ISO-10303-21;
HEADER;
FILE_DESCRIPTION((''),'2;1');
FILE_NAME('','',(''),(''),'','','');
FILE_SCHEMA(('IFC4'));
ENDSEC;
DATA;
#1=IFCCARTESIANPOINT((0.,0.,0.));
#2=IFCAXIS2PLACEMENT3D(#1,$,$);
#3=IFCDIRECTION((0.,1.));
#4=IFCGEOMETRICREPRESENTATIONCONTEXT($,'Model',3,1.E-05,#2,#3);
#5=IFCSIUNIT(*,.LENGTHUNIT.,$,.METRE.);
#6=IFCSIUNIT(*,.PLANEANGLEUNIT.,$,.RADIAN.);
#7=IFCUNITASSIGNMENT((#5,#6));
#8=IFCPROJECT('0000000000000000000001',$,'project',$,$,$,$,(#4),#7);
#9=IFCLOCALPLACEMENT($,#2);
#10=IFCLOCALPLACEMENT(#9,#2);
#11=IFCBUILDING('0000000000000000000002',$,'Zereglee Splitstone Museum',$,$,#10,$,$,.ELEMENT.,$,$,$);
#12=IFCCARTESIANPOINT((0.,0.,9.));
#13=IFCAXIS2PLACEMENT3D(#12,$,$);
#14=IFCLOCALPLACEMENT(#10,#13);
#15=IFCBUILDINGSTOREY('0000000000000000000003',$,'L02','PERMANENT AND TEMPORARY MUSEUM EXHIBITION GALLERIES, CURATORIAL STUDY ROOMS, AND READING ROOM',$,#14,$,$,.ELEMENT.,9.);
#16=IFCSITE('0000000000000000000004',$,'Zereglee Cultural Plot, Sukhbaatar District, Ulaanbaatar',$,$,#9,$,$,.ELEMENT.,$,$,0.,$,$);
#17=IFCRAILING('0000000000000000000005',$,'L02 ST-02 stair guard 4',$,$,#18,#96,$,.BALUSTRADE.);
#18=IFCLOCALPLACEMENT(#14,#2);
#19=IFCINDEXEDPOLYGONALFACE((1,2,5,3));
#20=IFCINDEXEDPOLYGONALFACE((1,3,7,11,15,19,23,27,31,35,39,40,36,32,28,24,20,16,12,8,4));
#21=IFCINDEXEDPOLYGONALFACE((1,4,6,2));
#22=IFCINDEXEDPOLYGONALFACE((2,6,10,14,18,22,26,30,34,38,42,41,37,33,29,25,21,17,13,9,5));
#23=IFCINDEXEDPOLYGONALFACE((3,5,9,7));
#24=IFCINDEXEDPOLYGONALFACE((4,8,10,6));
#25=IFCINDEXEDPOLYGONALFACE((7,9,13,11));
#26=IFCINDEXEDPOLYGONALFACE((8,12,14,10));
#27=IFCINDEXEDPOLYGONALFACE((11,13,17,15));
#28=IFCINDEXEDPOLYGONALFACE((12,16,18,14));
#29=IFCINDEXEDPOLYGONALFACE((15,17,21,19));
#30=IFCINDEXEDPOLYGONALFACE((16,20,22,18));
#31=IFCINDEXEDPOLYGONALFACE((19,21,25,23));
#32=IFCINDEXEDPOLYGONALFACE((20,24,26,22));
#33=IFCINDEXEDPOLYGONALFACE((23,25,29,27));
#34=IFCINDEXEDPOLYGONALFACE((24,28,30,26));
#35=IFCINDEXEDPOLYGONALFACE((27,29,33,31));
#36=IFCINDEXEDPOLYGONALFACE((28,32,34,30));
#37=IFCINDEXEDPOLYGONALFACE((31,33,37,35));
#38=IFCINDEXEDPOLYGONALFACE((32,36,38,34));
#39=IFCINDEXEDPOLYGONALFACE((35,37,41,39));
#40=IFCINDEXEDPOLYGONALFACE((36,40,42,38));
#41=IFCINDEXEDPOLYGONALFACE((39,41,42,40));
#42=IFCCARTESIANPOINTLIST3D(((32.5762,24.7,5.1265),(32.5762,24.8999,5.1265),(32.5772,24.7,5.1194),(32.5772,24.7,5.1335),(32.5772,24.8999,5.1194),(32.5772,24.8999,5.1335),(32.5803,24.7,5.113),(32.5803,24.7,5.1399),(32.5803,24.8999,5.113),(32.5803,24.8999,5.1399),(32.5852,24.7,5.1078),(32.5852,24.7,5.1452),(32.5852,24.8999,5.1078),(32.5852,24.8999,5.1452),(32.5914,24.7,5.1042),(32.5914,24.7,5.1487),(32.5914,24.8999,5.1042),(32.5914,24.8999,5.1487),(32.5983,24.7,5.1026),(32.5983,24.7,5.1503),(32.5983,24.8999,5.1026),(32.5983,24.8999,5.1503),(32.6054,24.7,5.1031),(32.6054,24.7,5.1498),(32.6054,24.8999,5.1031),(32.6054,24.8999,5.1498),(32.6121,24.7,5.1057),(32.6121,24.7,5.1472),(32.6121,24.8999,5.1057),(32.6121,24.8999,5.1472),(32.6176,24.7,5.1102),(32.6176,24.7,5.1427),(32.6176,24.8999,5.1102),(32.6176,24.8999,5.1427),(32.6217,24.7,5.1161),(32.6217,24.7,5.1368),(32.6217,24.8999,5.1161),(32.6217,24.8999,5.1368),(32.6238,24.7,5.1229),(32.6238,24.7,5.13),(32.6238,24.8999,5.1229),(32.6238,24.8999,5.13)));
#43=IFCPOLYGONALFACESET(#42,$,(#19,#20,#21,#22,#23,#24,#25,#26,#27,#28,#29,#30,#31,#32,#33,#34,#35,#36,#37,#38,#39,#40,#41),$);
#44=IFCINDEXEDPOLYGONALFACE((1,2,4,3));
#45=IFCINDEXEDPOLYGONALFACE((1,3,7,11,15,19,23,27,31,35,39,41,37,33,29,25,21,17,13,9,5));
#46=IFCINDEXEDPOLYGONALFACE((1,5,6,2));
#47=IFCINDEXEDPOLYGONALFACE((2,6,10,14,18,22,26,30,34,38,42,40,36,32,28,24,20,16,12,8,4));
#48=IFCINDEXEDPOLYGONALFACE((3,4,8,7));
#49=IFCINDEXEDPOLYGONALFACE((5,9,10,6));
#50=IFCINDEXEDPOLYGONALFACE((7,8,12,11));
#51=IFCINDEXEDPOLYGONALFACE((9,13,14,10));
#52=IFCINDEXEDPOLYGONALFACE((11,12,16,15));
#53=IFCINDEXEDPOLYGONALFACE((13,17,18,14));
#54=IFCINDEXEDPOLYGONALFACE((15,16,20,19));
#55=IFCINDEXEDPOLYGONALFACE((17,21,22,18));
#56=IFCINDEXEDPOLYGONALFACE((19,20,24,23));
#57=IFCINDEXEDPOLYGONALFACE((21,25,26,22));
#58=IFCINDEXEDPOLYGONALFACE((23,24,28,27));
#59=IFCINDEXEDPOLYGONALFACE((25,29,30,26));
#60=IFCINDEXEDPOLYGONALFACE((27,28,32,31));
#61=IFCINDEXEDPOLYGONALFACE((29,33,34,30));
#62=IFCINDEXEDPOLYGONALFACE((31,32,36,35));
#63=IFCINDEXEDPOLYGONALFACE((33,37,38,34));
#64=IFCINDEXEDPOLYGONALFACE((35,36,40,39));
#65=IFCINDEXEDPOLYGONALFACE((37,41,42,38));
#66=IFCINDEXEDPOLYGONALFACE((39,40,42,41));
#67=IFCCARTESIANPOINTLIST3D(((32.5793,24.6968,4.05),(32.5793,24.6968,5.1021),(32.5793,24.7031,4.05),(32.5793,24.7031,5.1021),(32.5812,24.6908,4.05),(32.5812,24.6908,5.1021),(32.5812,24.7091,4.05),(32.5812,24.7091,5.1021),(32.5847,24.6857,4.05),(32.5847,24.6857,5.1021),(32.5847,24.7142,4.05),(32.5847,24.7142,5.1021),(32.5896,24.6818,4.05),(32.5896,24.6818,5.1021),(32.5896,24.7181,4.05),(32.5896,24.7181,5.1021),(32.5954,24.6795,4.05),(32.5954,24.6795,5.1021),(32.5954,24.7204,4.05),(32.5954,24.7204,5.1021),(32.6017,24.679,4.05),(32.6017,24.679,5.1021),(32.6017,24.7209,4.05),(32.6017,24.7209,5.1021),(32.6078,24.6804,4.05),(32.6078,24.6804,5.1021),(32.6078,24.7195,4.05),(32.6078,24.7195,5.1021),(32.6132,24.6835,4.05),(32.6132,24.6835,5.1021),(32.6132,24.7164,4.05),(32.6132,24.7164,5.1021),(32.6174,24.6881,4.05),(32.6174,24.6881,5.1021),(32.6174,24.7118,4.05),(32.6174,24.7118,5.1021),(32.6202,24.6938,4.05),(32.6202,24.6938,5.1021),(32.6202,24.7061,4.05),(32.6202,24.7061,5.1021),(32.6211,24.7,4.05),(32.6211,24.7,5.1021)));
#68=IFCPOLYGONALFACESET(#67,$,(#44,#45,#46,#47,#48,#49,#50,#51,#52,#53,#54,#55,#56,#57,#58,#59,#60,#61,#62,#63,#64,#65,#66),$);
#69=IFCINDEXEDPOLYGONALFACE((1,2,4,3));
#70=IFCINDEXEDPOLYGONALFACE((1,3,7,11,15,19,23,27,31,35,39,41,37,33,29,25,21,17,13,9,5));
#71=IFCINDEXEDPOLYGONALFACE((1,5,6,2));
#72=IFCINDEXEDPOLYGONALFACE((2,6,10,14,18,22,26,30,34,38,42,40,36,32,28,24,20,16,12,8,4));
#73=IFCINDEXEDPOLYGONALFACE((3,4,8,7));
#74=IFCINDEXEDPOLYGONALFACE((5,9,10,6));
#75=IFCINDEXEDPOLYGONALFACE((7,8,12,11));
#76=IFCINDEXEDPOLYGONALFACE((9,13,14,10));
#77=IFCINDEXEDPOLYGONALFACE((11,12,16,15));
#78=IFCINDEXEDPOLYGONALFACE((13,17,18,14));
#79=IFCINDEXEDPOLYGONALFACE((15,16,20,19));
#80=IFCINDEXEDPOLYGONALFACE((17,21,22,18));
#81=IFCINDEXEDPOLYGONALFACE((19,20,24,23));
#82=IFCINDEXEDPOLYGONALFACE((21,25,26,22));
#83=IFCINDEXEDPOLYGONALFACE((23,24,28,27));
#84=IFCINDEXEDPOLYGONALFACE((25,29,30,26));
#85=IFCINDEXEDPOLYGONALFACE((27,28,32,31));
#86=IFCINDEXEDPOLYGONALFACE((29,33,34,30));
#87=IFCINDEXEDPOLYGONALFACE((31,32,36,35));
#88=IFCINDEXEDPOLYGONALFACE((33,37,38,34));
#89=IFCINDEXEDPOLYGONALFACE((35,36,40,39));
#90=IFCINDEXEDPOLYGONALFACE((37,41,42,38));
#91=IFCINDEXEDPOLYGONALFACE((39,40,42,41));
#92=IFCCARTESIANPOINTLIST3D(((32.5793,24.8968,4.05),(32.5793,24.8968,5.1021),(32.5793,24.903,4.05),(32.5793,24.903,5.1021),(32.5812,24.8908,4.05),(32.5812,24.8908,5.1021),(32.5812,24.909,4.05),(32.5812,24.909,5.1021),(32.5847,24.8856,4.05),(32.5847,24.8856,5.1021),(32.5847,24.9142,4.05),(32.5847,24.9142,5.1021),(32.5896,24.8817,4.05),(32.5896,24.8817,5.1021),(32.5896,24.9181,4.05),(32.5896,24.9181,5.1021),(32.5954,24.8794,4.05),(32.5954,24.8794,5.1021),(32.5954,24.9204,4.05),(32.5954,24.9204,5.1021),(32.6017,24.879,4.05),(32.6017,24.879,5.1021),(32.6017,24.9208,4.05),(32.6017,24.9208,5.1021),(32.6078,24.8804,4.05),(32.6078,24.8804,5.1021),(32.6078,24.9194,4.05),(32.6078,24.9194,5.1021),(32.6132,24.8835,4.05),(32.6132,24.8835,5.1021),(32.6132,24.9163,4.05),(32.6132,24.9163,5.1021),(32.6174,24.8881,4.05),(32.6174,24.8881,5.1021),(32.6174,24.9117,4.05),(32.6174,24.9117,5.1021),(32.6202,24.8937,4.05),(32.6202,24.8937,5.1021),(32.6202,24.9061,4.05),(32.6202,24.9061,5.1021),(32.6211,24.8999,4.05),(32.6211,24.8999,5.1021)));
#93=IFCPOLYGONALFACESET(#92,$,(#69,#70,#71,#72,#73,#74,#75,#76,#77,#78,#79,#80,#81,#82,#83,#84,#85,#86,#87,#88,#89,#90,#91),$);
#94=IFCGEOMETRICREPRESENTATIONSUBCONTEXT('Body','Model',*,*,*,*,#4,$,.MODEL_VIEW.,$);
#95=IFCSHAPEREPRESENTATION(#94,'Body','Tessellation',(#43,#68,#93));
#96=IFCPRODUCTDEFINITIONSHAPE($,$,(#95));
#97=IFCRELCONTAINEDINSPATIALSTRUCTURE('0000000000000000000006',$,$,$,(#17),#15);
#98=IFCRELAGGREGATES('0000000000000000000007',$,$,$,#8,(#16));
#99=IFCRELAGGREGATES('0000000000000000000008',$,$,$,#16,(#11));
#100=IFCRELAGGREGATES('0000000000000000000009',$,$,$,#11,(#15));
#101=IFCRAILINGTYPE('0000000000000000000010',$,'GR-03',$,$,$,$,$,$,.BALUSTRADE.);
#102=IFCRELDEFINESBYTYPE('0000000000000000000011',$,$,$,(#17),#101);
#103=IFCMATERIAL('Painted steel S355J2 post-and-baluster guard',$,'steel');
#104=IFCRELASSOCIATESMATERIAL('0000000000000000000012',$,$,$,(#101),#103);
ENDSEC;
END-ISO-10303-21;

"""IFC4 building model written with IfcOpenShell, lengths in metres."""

from ifc_helpers import new_model, si_unit, direction, frame, origin, origin_2d, place, context, subcontext, project, spatial, circle, extrude, material, type_object, element, save


model = new_model("IFC4")

# Units and contexts
model_context = context("Model", 3, precision=1e-05, world=origin(), true_north=direction((0.0, 1.0)))
body_context = subcontext(model_context, "Body", "Model", "MODEL_VIEW")
ifc_project = project(units=[si_unit("LENGTHUNIT", "METRE"), si_unit("PLANEANGLEUNIT", "RADIAN")], contexts=[model_context])

# Site, building, storey
site_placement = place(None, origin())
site = spatial("IfcSite", under=ifc_project, at=site_placement, Name="Zereglee Cultural Plot, Sukhbaatar District, Ulaanbaatar", CompositionType="ELEMENT", RefElevation=0.0)
building_placement = place(site_placement, origin())
building = spatial("IfcBuilding", under=site, at=building_placement, Name="Zereglee Splitstone Museum", CompositionType="ELEMENT")
storey_placement = place(building_placement, frame((0.0, 0.0, 9.0)))
storey = spatial("IfcBuildingStorey", under=building, at=storey_placement, Name="L02", Description="PERMANENT AND TEMPORARY MUSEUM EXHIBITION GALLERIES, CURATORIAL STUDY ROOMS, AND READING ROOM", CompositionType="ELEMENT", Elevation=9.0)

# Railing
ifc_material_1 = material(Name="Painted steel S355J2 post-and-baluster guard", Category="steel")
railing_type_1 = type_object("IfcRailingType", Name="GR-03", PredefinedType="BALUSTRADE", material=ifc_material_1)
railing_1_placement = place(storey_placement, frame((32.6001, 24.7, 4.05)))
element("IfcRailing", 1, at=railing_1_placement, inside=storey, type_object=railing_type_1, Name="L02 ST-02 stair guard 4", PredefinedType="BALUSTRADE", context=body_context, shape_type="SweptSolid", body=[
    extrude(circle(Radius=0.0239, at=origin_2d()), frame((0.0, 0.0, 1.0764), z_axis=(0.0, 1.0, 0.0), x_axis=(-1.0, 0.0, 0.0)), (0.0, 0.0, 1.0), 0.2),
    extrude(circle(Radius=0.021, at=origin_2d()), origin(), (0.0, 0.0, 1.0), 1.052),
    extrude(circle(Radius=0.021, at=origin_2d()), frame((0.0, 0.2, 0.0)), (0.0, 0.0, 1.0), 1.052),
])

save(model, "model.ifc")
